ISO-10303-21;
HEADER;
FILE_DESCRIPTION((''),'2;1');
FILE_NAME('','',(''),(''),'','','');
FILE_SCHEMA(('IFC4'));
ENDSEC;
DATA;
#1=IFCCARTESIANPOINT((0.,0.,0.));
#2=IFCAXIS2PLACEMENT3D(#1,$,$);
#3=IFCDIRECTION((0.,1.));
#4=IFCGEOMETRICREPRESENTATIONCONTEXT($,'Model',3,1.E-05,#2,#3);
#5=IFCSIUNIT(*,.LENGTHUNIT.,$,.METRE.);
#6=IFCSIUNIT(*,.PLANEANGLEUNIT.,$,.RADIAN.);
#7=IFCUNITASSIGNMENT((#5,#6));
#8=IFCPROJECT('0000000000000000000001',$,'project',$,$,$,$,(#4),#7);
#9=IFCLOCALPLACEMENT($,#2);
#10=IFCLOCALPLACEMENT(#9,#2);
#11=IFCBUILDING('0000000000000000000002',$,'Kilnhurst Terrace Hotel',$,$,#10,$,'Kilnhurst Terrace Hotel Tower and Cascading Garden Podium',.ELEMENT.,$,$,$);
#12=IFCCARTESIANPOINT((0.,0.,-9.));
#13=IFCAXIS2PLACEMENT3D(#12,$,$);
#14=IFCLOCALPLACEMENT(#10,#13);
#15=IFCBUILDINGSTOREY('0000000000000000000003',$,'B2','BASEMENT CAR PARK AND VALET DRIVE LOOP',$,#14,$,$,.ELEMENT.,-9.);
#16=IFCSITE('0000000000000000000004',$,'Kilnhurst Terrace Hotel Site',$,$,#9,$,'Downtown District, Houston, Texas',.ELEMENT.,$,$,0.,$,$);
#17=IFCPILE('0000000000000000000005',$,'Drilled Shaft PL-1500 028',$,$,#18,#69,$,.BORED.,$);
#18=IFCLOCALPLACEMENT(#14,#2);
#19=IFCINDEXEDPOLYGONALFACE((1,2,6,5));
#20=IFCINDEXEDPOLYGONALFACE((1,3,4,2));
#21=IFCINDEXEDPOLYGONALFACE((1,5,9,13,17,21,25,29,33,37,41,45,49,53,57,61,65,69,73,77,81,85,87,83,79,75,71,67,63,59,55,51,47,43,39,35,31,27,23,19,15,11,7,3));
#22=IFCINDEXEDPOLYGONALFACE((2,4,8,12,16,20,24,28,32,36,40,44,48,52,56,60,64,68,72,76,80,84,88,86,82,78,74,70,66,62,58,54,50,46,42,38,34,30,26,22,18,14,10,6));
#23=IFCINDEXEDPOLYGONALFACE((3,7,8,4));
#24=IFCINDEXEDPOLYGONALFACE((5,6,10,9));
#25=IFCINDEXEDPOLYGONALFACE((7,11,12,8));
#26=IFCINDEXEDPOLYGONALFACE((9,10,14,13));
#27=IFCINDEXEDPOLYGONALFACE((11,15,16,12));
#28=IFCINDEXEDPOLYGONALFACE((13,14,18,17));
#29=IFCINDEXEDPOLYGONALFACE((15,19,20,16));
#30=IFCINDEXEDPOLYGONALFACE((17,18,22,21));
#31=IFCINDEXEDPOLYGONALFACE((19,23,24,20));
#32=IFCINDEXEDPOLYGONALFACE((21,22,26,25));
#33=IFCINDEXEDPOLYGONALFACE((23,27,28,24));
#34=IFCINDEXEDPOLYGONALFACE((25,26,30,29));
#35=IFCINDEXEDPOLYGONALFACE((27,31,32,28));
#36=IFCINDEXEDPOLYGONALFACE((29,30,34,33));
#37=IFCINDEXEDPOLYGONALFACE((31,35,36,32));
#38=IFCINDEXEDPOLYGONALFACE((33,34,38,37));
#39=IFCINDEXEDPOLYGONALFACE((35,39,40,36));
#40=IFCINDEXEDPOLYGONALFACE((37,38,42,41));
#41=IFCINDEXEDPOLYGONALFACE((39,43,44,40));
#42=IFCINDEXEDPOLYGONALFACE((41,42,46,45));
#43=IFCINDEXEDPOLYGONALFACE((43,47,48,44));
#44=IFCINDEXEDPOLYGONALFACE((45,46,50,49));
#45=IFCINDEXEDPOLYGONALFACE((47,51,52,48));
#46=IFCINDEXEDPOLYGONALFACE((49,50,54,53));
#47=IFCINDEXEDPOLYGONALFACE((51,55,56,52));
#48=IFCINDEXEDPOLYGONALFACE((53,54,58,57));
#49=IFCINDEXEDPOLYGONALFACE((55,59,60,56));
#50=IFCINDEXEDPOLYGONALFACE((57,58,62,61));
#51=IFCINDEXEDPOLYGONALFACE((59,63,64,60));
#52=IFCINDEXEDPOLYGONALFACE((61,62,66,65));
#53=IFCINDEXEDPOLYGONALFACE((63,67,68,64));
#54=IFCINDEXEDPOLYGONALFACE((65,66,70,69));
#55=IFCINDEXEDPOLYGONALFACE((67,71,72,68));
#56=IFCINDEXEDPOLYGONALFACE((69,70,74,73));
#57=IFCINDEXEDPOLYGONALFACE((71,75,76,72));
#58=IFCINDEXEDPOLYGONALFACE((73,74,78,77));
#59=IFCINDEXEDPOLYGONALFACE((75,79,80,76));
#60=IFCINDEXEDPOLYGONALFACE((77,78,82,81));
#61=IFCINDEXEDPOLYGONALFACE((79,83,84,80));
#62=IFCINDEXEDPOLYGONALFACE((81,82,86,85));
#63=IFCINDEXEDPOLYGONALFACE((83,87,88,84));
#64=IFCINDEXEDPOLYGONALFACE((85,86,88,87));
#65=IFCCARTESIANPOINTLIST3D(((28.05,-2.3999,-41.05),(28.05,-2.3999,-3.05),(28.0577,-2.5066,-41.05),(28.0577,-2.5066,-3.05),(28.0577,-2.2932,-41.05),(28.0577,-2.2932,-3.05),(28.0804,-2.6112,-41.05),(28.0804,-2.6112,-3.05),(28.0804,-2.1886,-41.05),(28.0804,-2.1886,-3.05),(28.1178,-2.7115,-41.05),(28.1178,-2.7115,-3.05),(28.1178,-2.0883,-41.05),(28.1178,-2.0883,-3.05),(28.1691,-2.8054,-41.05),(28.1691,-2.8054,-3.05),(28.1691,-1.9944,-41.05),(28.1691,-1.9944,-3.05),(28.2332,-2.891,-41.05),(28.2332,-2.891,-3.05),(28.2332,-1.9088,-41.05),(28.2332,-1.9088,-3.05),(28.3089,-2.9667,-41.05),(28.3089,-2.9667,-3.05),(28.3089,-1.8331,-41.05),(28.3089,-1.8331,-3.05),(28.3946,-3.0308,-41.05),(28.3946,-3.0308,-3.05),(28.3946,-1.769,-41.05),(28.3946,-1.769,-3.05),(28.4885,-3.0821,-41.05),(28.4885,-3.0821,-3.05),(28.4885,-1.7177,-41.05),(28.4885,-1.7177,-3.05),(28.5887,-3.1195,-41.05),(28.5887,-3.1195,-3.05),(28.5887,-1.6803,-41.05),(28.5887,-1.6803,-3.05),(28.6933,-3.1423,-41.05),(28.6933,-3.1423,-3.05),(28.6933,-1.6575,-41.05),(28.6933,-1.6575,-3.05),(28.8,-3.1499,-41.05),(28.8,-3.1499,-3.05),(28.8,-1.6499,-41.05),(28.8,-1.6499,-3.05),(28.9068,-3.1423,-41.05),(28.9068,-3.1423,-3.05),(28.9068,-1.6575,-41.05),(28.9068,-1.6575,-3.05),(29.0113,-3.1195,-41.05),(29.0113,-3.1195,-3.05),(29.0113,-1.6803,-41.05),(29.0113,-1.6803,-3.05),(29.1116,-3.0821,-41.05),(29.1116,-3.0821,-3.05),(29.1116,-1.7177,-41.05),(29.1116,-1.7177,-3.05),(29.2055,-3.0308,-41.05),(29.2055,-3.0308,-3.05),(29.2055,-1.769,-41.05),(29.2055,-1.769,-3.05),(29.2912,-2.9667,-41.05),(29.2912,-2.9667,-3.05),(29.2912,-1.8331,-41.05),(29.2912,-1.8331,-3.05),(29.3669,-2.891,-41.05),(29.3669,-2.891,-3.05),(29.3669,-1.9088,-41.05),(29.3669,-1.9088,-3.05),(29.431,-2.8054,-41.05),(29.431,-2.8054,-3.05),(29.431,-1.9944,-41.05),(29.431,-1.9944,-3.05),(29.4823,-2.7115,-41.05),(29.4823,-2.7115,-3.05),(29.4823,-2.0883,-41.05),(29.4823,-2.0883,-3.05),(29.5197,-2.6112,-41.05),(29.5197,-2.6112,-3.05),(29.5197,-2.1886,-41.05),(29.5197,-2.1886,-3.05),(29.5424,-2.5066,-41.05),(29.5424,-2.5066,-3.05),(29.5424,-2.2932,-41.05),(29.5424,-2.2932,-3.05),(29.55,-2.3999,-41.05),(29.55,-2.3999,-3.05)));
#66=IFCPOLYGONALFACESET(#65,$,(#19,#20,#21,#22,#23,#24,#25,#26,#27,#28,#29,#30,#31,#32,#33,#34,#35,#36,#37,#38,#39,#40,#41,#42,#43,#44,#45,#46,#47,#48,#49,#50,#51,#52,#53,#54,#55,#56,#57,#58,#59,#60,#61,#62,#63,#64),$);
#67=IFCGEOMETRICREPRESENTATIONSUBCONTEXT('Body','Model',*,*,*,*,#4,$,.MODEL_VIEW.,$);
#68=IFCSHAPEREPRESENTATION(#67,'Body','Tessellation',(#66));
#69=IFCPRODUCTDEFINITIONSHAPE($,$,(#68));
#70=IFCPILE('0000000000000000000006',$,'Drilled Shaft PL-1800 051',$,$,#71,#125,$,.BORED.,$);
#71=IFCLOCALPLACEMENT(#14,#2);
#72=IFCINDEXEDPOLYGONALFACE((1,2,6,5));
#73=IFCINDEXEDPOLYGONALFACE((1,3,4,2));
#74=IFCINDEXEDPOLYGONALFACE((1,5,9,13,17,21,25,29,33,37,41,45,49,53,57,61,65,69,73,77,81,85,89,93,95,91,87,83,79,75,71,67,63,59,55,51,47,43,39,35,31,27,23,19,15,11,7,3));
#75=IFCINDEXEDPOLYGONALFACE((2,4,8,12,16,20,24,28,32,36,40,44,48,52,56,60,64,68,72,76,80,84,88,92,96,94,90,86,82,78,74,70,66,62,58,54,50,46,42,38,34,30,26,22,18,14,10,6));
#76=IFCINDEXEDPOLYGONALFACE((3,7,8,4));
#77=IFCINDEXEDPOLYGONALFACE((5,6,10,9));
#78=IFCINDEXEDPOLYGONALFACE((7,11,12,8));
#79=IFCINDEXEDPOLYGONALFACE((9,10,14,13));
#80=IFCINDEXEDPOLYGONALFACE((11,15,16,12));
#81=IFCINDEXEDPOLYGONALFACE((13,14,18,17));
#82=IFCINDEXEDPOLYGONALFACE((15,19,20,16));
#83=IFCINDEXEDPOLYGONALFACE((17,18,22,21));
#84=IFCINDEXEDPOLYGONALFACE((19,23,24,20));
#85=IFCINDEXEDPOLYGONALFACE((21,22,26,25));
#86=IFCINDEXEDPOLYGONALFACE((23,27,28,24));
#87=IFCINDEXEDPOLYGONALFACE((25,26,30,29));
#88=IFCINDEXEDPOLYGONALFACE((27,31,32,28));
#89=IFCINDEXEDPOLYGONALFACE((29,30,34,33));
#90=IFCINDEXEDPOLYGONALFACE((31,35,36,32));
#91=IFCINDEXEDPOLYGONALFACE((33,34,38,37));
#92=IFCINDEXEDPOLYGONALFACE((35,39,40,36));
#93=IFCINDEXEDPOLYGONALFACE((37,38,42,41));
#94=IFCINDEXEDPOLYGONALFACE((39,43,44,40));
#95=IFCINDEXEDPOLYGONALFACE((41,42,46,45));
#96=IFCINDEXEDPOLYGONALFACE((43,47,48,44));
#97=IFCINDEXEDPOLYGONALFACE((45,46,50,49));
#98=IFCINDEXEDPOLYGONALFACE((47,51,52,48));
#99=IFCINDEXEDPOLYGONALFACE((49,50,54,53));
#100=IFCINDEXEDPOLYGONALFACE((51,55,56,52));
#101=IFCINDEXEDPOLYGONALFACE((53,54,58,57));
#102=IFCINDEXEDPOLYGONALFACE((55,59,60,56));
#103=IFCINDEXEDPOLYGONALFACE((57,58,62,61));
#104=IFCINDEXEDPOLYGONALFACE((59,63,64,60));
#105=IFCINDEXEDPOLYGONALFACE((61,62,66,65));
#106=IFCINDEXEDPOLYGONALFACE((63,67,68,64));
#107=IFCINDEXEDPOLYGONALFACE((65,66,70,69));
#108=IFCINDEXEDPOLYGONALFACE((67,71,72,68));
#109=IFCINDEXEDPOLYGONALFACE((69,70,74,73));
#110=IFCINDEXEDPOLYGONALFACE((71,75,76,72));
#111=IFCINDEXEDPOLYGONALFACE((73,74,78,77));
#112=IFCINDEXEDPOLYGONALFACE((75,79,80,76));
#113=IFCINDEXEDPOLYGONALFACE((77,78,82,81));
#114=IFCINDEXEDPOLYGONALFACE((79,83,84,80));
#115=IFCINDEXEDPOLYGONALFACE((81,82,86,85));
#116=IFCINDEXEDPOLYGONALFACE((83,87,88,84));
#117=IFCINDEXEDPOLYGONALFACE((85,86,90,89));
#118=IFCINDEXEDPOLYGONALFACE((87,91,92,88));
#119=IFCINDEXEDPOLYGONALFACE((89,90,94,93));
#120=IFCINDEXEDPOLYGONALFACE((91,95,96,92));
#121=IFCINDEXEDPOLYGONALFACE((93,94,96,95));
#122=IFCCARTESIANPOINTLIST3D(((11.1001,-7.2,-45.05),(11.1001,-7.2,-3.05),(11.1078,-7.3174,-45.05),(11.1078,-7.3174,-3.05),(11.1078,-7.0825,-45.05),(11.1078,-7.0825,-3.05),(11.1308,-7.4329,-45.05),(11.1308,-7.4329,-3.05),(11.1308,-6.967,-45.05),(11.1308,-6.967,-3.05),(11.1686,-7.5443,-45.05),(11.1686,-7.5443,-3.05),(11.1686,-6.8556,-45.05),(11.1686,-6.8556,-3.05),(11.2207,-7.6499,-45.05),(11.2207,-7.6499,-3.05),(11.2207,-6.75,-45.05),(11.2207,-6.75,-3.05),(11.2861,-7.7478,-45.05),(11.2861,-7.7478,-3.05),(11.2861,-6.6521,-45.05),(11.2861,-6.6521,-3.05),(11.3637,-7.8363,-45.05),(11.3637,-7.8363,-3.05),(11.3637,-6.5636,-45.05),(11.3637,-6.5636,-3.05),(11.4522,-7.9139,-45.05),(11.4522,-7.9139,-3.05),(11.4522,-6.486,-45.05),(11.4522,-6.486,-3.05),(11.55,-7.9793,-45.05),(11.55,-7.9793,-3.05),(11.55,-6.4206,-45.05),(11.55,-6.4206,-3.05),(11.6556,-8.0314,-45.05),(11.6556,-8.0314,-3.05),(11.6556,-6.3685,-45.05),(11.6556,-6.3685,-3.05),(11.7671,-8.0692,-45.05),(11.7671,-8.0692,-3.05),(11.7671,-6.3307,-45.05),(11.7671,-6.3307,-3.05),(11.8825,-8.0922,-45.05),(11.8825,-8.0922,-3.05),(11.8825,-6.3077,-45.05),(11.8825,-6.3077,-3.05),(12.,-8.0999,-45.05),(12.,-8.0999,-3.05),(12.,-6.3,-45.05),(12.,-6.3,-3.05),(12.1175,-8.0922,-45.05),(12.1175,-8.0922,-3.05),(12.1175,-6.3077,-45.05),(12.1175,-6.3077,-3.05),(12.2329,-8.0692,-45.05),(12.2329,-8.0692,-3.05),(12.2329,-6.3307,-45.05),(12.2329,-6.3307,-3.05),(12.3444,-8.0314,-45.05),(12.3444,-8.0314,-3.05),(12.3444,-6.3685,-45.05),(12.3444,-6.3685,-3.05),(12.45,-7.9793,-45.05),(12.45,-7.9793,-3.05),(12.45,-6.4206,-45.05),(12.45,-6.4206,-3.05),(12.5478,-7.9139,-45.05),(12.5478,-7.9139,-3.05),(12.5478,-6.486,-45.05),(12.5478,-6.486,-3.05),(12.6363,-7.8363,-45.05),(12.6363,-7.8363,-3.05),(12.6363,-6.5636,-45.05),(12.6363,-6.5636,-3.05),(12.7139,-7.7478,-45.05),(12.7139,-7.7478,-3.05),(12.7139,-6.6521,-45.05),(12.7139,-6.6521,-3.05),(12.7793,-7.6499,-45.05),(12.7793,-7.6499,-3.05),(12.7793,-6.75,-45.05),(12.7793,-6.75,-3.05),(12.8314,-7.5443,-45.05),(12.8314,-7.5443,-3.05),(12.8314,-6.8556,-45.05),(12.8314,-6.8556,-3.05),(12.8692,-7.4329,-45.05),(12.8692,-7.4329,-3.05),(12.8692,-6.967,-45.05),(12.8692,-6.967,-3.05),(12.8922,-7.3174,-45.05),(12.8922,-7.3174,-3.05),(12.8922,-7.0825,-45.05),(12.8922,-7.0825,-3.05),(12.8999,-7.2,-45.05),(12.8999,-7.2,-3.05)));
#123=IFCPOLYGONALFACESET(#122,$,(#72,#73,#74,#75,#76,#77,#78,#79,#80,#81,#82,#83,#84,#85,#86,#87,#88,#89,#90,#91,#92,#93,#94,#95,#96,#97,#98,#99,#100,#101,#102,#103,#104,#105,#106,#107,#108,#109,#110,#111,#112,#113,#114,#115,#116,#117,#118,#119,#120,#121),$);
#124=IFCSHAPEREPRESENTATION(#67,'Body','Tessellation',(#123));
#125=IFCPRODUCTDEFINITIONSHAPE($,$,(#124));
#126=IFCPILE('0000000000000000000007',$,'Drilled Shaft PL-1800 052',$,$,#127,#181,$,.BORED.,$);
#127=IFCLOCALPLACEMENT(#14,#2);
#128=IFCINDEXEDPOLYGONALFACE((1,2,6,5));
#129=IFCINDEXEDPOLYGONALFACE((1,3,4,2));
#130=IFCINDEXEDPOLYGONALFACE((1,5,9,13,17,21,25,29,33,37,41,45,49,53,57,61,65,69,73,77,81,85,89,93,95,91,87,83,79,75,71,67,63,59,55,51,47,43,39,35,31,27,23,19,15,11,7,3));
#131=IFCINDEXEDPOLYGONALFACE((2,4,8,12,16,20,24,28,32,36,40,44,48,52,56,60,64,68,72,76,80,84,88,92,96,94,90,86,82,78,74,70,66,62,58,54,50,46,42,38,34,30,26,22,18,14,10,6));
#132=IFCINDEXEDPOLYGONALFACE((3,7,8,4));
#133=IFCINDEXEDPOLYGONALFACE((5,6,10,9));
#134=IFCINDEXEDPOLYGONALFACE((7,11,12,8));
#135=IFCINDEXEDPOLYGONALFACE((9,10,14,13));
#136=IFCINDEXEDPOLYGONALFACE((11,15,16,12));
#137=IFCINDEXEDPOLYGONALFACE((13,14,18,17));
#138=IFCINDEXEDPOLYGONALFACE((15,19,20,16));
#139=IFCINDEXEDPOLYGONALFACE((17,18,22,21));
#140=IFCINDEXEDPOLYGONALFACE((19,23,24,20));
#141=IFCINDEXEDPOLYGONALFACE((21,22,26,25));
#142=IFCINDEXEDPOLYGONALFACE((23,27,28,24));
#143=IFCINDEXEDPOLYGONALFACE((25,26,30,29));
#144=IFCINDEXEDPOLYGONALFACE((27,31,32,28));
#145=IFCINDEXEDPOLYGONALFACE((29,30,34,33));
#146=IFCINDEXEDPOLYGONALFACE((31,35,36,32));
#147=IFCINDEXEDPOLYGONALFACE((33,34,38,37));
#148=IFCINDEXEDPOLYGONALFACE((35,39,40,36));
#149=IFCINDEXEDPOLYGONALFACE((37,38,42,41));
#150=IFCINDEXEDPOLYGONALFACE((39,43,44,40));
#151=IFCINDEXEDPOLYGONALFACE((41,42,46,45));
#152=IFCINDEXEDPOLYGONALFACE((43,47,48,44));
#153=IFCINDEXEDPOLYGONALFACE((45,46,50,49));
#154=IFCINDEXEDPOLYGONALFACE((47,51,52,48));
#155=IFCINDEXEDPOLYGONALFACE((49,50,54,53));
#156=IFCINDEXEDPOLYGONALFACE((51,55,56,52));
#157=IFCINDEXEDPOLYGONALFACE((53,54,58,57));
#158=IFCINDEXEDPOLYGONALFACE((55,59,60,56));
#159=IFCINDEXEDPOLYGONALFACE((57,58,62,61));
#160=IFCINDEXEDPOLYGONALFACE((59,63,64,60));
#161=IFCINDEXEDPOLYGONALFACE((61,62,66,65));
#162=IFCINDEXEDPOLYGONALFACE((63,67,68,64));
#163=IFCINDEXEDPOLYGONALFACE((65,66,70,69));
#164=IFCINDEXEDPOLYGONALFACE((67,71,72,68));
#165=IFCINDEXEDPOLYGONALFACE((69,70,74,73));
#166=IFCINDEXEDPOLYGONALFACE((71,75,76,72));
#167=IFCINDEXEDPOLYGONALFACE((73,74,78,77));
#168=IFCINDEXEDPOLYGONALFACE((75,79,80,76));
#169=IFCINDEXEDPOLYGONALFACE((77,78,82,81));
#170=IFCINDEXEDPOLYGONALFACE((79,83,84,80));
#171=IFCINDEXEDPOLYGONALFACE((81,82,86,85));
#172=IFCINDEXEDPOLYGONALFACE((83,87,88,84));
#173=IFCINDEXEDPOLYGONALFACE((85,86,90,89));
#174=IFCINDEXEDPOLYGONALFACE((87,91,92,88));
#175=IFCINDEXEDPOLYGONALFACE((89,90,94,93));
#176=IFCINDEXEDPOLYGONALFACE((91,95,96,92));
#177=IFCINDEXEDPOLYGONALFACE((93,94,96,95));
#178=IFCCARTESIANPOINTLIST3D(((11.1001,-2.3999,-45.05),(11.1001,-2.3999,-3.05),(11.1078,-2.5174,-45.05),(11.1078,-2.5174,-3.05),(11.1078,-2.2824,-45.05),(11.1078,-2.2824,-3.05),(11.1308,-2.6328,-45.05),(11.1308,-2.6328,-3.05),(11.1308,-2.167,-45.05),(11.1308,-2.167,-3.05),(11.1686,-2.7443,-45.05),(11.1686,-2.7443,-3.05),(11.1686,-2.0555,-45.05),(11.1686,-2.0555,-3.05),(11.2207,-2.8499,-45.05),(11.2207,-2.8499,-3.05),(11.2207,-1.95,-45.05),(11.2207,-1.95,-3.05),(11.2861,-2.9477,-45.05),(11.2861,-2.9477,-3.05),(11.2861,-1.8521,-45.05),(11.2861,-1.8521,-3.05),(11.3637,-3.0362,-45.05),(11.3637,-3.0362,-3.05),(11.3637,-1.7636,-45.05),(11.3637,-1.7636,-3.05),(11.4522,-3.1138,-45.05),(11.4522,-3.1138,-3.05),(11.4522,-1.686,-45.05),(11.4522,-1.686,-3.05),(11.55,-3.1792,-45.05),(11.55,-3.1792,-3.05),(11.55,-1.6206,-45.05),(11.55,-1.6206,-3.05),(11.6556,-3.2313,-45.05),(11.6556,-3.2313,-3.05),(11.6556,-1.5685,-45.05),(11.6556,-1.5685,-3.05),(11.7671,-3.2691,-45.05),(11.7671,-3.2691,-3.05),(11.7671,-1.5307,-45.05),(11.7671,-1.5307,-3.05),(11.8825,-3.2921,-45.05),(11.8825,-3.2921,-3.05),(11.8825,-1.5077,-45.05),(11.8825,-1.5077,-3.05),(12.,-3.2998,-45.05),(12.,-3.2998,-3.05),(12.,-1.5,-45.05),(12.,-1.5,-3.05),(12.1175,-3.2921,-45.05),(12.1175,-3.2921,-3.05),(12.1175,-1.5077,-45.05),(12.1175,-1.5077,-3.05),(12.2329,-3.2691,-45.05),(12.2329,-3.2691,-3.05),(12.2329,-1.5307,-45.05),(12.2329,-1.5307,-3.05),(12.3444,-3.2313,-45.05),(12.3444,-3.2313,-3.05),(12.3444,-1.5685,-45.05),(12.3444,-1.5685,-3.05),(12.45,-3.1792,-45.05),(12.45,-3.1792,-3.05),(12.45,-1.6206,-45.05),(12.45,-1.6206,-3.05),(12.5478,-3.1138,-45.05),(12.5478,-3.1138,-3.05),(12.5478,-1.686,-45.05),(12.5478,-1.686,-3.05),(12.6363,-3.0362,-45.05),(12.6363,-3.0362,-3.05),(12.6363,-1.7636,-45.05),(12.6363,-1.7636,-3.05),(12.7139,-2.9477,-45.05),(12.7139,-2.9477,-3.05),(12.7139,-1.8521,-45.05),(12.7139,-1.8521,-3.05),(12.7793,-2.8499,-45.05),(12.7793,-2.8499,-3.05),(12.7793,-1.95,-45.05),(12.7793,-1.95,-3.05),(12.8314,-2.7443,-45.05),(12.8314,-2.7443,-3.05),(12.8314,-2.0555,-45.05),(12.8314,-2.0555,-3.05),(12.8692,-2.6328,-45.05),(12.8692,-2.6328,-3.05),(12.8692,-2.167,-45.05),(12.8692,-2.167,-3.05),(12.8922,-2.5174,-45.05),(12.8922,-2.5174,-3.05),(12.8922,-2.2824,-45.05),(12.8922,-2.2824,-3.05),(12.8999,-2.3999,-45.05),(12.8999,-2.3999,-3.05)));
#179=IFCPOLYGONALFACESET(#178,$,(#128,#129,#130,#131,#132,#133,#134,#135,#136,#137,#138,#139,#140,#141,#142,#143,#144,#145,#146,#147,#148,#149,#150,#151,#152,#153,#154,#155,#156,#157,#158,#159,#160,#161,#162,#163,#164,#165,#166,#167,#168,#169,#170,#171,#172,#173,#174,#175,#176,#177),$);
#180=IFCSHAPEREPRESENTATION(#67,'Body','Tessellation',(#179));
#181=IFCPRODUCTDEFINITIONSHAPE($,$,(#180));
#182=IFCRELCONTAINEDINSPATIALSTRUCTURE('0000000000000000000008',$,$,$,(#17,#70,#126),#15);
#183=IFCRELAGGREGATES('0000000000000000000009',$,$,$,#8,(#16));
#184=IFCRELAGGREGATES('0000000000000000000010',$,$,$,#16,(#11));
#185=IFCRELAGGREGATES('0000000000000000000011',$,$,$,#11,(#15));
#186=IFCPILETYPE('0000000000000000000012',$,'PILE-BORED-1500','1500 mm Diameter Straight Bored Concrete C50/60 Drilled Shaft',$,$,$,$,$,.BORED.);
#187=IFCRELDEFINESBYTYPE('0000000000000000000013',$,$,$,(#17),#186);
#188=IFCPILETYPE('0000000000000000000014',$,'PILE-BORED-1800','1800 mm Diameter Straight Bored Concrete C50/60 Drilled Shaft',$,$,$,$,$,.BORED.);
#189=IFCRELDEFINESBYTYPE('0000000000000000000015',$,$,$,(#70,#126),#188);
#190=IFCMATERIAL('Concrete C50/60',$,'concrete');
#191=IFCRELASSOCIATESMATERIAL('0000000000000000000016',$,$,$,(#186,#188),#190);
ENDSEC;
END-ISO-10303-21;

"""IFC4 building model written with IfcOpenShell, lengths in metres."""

from ifc_helpers import new_model, si_unit, direction, frame, origin, origin_2d, place, context, subcontext, project, spatial, circle, extrude, material, material_profile, profile_set, type_object, element, save


model = new_model("IFC4")

# Units and contexts
model_context = context("Model", 3, precision=1e-05, world=origin(), true_north=direction((0.0, 1.0)))
body_context = subcontext(model_context, "Body", "Model", "MODEL_VIEW")
ifc_project = project(units=[si_unit("LENGTHUNIT", "METRE"), si_unit("PLANEANGLEUNIT", "RADIAN")], contexts=[model_context])

# Site, building, storey
site_placement = place(None, origin())
site = spatial("IfcSite", under=ifc_project, at=site_placement, Name="Kilnhurst Terrace Hotel Site", LongName="Downtown District, Houston, Texas", CompositionType="ELEMENT", RefElevation=0.0)
building_placement = place(site_placement, origin())
building = spatial("IfcBuilding", under=site, at=building_placement, Name="Kilnhurst Terrace Hotel", LongName="Kilnhurst Terrace Hotel Tower and Cascading Garden Podium", CompositionType="ELEMENT")
storey_placement = place(building_placement, frame((0.0, 0.0, -9.0)))
storey = spatial("IfcBuildingStorey", under=building, at=storey_placement, Name="B2", Description="BASEMENT CAR PARK AND VALET DRIVE LOOP", CompositionType="ELEMENT", Elevation=-9.0)

# Piles
ifc_material_1 = material(Name="Concrete C50/60", Category="concrete")
ifc_material_profile_1 = material_profile(ifc_material_1, circle(Radius=0.75, at=origin_2d()), Name="PILE1500")
ifc_profile_set_1 = profile_set([ifc_material_profile_1], Name="Concrete C50/60")
pile_type_1 = type_object("IfcPileType", Name="PILE-BORED-1500", Description="1500 mm Diameter Straight Bored Concrete C50/60 Drilled Shaft", PredefinedType="BORED", material=ifc_profile_set_1)
for number, where, z_axis, x_axis, name in (
    (1, (28.8, -2.3999, -3.05), (0.0, 0.0, -1.0), (1.0, 0.0, 0.0), "Drilled Shaft PL-1500 028"),
):
    element("IfcPile", number, at=place(storey_placement, frame(where, z_axis=z_axis, x_axis=x_axis)), inside=storey, type_object=pile_type_1, Name=name, PredefinedType="BORED", context=body_context, shape_type="SweptSolid", body=[
        extrude(circle(Radius=0.75, at=origin_2d()), origin(), (0.0, 0.0, 1.0), 38.0),
    ])
ifc_material_profile_2 = material_profile(ifc_material_1, circle(Radius=0.8999, at=origin_2d()), Name="PILE1800")
ifc_profile_set_2 = profile_set([ifc_material_profile_2], Name="Concrete C50/60")
pile_type_2 = type_object("IfcPileType", Name="PILE-BORED-1800", Description="1800 mm Diameter Straight Bored Concrete C50/60 Drilled Shaft", PredefinedType="BORED", material=ifc_profile_set_2)
for number, where, z_axis, x_axis, name in (
    (2, (12.0, -7.2, -3.05), (0.0, 0.0, -1.0), (1.0, 0.0, 0.0), "Drilled Shaft PL-1800 051"),
    (3, (12.0, -2.3999, -3.05), (0.0, 0.0, -1.0), (1.0, 0.0, 0.0), "Drilled Shaft PL-1800 052"),
):
    element("IfcPile", number, at=place(storey_placement, frame(where, z_axis=z_axis, x_axis=x_axis)), inside=storey, type_object=pile_type_2, Name=name, PredefinedType="BORED", context=body_context, shape_type="SweptSolid", body=[
        extrude(circle(Radius=0.8999, at=origin_2d()), origin(), (0.0, 0.0, 1.0), 42.0),
    ])

save(model, "model.ifc")
